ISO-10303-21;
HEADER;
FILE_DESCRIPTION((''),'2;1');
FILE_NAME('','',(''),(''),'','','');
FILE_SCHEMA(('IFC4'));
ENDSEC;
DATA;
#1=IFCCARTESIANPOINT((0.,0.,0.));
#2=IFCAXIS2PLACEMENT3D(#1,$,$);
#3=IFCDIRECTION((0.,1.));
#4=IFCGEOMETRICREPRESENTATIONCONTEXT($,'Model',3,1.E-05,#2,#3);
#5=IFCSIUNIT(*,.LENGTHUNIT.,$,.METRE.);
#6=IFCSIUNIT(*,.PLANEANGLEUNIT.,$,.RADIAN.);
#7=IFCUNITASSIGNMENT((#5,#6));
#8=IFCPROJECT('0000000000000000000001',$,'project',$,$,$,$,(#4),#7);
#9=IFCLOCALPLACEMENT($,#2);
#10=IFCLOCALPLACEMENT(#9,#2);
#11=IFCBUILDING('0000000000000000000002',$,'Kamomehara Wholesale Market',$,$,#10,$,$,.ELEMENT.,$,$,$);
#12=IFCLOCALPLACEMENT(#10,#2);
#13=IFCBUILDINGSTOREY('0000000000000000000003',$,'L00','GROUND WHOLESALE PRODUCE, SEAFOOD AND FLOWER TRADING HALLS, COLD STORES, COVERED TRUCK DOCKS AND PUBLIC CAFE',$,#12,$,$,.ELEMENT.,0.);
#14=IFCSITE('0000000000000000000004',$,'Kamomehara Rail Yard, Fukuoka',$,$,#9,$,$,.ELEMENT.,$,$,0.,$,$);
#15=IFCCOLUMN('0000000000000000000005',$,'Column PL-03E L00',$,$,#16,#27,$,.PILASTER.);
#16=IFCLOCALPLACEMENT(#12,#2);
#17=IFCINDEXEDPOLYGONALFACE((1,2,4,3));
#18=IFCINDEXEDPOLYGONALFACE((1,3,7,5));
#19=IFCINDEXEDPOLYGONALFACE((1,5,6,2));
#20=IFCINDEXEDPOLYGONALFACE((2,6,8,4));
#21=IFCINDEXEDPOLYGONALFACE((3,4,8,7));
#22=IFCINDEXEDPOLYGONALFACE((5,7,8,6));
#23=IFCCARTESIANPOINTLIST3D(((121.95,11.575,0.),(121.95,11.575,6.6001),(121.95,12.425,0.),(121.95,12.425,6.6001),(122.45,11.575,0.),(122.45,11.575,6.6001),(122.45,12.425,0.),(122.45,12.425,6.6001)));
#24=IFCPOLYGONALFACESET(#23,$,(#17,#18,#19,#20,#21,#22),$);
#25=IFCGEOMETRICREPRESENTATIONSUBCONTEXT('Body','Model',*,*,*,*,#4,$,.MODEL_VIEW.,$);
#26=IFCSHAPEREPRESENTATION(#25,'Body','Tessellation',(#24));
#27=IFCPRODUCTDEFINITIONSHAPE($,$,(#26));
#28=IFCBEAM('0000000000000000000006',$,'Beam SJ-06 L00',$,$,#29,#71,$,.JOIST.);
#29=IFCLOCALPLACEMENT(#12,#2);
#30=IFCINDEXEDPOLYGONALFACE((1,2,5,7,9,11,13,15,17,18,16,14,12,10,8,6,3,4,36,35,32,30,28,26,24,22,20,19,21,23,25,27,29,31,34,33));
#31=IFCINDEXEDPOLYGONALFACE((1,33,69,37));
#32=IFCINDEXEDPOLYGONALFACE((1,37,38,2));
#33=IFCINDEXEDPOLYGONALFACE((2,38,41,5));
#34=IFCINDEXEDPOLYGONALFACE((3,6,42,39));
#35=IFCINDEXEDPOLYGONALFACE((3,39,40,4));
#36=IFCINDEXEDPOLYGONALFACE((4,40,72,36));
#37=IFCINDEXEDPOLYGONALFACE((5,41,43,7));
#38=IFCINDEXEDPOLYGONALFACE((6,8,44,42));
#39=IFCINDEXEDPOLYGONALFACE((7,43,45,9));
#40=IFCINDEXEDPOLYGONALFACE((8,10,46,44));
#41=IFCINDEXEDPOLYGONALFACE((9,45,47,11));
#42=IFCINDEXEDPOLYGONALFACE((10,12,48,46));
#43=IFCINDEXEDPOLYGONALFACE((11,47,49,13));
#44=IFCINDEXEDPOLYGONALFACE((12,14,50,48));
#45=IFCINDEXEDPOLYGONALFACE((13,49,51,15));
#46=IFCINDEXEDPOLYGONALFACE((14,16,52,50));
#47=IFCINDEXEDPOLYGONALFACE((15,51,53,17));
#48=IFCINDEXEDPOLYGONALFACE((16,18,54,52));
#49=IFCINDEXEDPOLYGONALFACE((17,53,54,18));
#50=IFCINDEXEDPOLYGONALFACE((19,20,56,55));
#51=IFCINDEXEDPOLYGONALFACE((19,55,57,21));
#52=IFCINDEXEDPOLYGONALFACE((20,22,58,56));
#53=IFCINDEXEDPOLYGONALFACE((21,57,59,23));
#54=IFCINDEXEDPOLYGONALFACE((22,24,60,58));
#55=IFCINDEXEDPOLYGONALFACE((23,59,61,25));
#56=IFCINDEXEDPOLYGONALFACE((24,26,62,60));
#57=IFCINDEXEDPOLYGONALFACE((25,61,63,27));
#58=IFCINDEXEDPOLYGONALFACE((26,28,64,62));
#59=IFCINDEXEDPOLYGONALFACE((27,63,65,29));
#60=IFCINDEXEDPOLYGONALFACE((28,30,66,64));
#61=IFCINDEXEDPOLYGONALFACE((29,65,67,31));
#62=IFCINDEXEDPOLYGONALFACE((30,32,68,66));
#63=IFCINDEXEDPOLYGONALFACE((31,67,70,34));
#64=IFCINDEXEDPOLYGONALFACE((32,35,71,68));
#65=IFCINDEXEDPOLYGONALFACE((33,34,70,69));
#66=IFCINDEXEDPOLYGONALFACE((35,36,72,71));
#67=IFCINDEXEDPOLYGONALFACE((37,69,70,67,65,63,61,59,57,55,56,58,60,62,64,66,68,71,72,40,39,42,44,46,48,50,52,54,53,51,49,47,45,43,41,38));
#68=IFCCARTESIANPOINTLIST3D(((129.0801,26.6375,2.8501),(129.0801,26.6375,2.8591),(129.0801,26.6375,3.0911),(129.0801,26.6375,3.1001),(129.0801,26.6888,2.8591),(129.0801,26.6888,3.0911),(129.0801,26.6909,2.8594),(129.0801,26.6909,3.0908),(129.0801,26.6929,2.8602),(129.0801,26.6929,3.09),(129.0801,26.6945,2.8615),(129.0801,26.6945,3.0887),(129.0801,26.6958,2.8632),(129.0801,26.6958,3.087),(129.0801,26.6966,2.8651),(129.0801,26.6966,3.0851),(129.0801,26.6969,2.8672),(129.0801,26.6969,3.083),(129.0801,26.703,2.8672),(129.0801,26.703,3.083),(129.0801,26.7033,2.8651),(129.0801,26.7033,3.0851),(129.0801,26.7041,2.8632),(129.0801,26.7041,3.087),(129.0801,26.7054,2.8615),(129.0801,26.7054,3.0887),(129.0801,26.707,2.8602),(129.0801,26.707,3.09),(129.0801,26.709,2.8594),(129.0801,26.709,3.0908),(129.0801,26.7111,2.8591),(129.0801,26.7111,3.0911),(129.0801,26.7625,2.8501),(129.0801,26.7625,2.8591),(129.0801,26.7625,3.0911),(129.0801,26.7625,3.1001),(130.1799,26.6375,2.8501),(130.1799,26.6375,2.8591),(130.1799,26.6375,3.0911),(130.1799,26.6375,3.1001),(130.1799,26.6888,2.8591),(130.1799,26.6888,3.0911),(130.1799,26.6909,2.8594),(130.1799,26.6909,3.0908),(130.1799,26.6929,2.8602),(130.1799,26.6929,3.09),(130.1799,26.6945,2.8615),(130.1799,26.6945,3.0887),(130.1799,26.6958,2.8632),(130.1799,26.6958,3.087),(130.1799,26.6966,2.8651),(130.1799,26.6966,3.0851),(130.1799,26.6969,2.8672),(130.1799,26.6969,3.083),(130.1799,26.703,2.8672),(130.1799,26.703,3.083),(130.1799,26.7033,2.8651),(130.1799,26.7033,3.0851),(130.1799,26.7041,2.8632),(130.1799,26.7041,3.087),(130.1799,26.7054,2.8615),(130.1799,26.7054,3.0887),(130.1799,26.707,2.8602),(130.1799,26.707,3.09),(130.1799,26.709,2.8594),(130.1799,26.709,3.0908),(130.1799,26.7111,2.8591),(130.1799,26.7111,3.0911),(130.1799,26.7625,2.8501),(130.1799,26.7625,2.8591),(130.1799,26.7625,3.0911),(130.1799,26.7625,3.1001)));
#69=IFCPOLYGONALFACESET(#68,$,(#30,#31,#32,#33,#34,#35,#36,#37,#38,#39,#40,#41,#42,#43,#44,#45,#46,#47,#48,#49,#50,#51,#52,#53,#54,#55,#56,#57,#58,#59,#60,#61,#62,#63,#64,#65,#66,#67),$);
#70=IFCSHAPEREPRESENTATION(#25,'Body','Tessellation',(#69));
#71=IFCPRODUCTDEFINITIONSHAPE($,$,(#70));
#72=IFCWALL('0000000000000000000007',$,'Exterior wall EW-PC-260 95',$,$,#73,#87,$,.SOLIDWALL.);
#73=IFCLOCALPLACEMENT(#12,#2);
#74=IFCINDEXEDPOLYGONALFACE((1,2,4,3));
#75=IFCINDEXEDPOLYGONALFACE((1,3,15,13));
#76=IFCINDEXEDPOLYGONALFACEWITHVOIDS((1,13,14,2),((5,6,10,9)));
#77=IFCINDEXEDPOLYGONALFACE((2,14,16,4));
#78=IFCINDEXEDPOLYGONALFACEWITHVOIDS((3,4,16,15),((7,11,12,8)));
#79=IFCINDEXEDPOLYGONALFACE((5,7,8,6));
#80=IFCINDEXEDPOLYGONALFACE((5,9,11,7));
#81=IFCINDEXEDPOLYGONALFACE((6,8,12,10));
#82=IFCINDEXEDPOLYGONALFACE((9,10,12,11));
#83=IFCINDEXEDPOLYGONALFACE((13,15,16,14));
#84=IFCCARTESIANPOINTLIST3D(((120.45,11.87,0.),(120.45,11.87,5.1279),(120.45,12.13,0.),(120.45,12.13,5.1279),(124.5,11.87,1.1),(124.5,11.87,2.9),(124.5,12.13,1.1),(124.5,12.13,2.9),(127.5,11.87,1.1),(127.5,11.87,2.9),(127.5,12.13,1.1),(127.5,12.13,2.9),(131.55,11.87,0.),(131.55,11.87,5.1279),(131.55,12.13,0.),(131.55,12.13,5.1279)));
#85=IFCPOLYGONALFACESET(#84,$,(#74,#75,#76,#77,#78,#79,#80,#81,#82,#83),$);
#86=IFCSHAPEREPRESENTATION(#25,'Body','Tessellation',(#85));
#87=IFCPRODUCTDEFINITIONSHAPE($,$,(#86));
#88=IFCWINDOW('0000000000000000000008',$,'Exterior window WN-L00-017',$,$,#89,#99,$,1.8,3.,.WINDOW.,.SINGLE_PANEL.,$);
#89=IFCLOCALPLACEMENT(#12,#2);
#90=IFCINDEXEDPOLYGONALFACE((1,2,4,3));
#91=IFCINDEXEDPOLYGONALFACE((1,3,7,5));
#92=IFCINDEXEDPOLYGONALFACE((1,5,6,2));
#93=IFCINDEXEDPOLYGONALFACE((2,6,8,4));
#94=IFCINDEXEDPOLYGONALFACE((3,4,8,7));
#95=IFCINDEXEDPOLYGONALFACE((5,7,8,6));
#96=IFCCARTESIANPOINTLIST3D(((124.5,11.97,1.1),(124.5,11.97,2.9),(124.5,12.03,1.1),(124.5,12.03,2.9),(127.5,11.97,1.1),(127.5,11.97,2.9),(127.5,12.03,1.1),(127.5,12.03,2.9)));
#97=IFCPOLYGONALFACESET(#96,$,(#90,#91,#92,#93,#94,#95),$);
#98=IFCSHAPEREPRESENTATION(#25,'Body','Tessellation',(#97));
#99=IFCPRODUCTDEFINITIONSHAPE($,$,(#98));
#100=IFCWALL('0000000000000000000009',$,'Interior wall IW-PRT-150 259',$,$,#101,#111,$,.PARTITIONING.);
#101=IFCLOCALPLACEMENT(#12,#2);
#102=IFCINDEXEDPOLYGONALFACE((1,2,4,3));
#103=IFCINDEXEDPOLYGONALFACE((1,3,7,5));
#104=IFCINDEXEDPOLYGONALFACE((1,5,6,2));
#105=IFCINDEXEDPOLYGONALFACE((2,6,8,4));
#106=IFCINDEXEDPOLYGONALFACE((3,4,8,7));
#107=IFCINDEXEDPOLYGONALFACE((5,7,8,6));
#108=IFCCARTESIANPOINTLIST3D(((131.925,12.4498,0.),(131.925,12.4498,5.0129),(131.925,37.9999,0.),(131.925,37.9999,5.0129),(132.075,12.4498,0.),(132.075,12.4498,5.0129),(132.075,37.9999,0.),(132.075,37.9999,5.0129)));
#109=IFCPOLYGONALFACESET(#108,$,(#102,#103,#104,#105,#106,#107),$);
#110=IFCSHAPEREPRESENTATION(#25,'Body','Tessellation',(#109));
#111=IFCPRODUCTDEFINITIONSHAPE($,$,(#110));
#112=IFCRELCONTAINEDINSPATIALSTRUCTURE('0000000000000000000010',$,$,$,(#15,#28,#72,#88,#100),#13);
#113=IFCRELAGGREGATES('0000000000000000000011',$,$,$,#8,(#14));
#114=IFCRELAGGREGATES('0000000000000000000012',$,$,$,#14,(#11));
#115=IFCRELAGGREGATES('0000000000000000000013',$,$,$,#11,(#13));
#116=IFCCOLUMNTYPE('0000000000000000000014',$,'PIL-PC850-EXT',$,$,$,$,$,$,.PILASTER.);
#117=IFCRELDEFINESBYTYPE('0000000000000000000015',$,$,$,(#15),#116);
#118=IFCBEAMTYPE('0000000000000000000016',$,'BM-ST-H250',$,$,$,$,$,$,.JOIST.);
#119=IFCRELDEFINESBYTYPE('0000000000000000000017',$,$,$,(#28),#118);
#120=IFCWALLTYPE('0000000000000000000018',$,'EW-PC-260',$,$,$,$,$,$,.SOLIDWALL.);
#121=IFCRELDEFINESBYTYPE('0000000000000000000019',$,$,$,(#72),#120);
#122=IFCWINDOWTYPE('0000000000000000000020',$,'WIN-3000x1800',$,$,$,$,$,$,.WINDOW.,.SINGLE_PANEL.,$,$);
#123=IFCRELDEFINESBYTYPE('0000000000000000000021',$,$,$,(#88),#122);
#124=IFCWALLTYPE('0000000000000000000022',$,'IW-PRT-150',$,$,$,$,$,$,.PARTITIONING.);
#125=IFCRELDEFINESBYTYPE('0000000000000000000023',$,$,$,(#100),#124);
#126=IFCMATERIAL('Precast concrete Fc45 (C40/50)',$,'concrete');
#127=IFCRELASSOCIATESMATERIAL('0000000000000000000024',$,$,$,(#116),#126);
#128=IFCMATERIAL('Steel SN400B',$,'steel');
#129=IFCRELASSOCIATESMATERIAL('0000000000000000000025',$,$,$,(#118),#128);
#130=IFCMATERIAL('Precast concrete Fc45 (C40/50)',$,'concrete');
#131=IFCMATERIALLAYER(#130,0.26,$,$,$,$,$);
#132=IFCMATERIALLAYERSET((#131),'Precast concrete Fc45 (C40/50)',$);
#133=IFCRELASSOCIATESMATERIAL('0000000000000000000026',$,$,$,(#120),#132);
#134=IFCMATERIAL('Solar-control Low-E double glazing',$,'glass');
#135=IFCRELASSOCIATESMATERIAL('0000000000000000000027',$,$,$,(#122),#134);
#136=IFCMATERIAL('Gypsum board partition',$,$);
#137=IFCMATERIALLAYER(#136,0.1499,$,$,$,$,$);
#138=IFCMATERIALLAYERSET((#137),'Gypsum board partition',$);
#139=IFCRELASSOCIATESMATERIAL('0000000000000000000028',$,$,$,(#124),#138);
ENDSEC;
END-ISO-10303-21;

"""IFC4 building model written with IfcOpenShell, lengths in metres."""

from ifc_helpers import new_model, si_unit, direction, frame, frame_2d, origin, origin_2d, place, context, subcontext, project, spatial, rectangle, i_section, extrude, material, layer, layer_set, material_profile, profile_set, type_object, element, fill, save


model = new_model("IFC4")

# Units and contexts
model_context = context("Model", 3, precision=1e-05, world=origin(), true_north=direction((0.0, 1.0)))
body_context = subcontext(model_context, "Body", "Model", "MODEL_VIEW")
ifc_project = project(units=[si_unit("LENGTHUNIT", "METRE"), si_unit("PLANEANGLEUNIT", "RADIAN")], contexts=[model_context])

# Site, building, storey
site_placement = place(None, origin())
site = spatial("IfcSite", under=ifc_project, at=site_placement, Name="Kamomehara Rail Yard, Fukuoka", CompositionType="ELEMENT", RefElevation=0.0)
building_placement = place(site_placement, origin())
building = spatial("IfcBuilding", under=site, at=building_placement, Name="Kamomehara Wholesale Market", CompositionType="ELEMENT")
storey_placement = place(building_placement, origin())
storey = spatial("IfcBuildingStorey", under=building, at=storey_placement, Name="L00", Description="GROUND WHOLESALE PRODUCE, SEAFOOD AND FLOWER TRADING HALLS, COLD STORES, COVERED TRUCK DOCKS AND PUBLIC CAFE", CompositionType="ELEMENT", Elevation=0.0)

# Column
ifc_material_1 = material(Name="Precast concrete Fc45 (C40/50)", Category="concrete")
ifc_material_profile_1 = material_profile(ifc_material_1, rectangle(XDim=0.5, YDim=0.8501, at=origin_2d()), Name="PC-PIL-500x850")
ifc_profile_set_1 = profile_set([ifc_material_profile_1], Name="Precast concrete Fc45 (C40/50)")
column_type_1 = type_object("IfcColumnType", Name="PIL-PC850-EXT", PredefinedType="PILASTER", material=ifc_profile_set_1)
column_1_placement = place(storey_placement, frame((122.2, 12.0, 0.0), z_axis=(0.0, 0.0, 1.0), x_axis=(1.0, 0.0, 0.0)))
element("IfcColumn", 1, at=column_1_placement, inside=storey, type_object=column_type_1, Name="Column PL-03E L00", PredefinedType="PILASTER", context=body_context, shape_type="SweptSolid", body=[
    extrude(rectangle(XDim=0.5, YDim=0.8501, at=origin_2d()), origin(), (0.0, 0.0, 1.0), 6.6001),
])

# Beam
ifc_material_2 = material(Name="Steel SN400B", Category="steel")
ifc_material_profile_2 = material_profile(ifc_material_2, i_section(OverallWidth=0.125, OverallDepth=0.25, WebThickness=0.0061, FlangeThickness=0.009, FilletRadius=0.0081, at=origin_2d()), Name="H-250x125x6x9")
ifc_profile_set_2 = profile_set([ifc_material_profile_2], Name="Steel SN400B")
beam_type = type_object("IfcBeamType", Name="BM-ST-H250", PredefinedType="JOIST", material=ifc_profile_set_2)
beam_placement = place(storey_placement, frame((129.0801, 26.7, 2.9751), z_axis=(1.0, 0.0, 0.0), x_axis=(0.0, 1.0, 0.0)))
element("IfcBeam", 2, at=beam_placement, inside=storey, type_object=beam_type, Name="Beam SJ-06 L00", PredefinedType="JOIST", context=body_context, shape_type="SweptSolid", body=[
    extrude(i_section(OverallWidth=0.125, OverallDepth=0.25, WebThickness=0.0061, FlangeThickness=0.009, FilletRadius=0.0081, at=origin_2d()), origin(), (0.0, 0.0, 1.0), 1.0999),
])

# Wall, opening, window
ifc_material_3 = material(Name="Precast concrete Fc45 (C40/50)", Category="concrete")
ifc_layer_1 = layer(ifc_material_3, 0.26)
ifc_layer_set_1 = layer_set([ifc_layer_1], Name="Precast concrete Fc45 (C40/50)")
wall_type_1 = type_object("IfcWallType", Name="EW-PC-260", PredefinedType="SOLIDWALL", material=ifc_layer_set_1)
wall_1_placement = place(storey_placement, frame((131.55, 12.0, 0.0), z_axis=(0.0, 0.0, 1.0), x_axis=(-1.0, 0.0, 0.0)))
wall_1 = element("IfcWall", 3, at=wall_1_placement, inside=storey, type_object=wall_type_1, Name="Exterior wall EW-PC-260 95", PredefinedType="SOLIDWALL", context=body_context, shape_type="SweptSolid", body=[
    extrude(rectangle(XDim=11.1001, YDim=0.26, at=frame_2d((5.55, 0.0))), origin(), (0.0, 0.0, 1.0), 5.1279),
])
opening_placement = place(wall_1_placement, frame((4.05, 0.0, 1.1001)))
opening = element("IfcOpeningElement", 4, at=opening_placement, cuts=wall_1, PredefinedType="OPENING", context=body_context, shape_type="SweptSolid", body=[
    extrude(rectangle(XDim=3.0, YDim=1.8, at=frame_2d((1.5, 0.8999))), frame((0.0, 0.145, 0.0), z_axis=(0.0, -1.0, 0.0), x_axis=(1.0, 0.0, 0.0)), (0.0, 0.0, 1.0), 0.2898),
])
ifc_material_4 = material(Name="Solar-control Low-E double glazing", Category="glass")
window_type = type_object("IfcWindowType", Name="WIN-3000x1800", PartitioningType="SINGLE_PANEL", PredefinedType="WINDOW", material=ifc_material_4)
window_placement = place(opening_placement, origin())
window = element("IfcWindow", 5, at=window_placement, inside=storey, type_object=window_type, Name="Exterior window WN-L00-017", OverallHeight=1.8, OverallWidth=3.0, PartitioningType="SINGLE_PANEL", PredefinedType="WINDOW", context=body_context, shape_type="SweptSolid", body=[
    extrude(rectangle(XDim=3.0, YDim=1.8, at=frame_2d((1.5, 0.8999))), frame((0.0, 0.03, 0.0), z_axis=(0.0, -1.0, 0.0), x_axis=(1.0, 0.0, 0.0)), (0.0, 0.0, 1.0), 0.0601),
])
fill(opening, window)

# Wall
ifc_material_5 = material(Name="Gypsum board partition")
ifc_layer_2 = layer(ifc_material_5, 0.1499)
ifc_layer_set_2 = layer_set([ifc_layer_2], Name="Gypsum board partition")
wall_type_2 = type_object("IfcWallType", Name="IW-PRT-150", PredefinedType="PARTITIONING", material=ifc_layer_set_2)
wall_2_placement = place(storey_placement, frame((132.0, 12.45, 0.0), z_axis=(0.0, 0.0, 1.0), x_axis=(0.0, 1.0, 0.0)))
element("IfcWall", 6, at=wall_2_placement, inside=storey, type_object=wall_type_2, Name="Interior wall IW-PRT-150 259", PredefinedType="PARTITIONING", context=body_context, shape_type="SweptSolid", body=[
    extrude(rectangle(XDim=25.55, YDim=0.1499, at=frame_2d((12.7749, 0.0))), origin(), (0.0, 0.0, 1.0), 5.0129),
])

save(model, "model.ifc")
